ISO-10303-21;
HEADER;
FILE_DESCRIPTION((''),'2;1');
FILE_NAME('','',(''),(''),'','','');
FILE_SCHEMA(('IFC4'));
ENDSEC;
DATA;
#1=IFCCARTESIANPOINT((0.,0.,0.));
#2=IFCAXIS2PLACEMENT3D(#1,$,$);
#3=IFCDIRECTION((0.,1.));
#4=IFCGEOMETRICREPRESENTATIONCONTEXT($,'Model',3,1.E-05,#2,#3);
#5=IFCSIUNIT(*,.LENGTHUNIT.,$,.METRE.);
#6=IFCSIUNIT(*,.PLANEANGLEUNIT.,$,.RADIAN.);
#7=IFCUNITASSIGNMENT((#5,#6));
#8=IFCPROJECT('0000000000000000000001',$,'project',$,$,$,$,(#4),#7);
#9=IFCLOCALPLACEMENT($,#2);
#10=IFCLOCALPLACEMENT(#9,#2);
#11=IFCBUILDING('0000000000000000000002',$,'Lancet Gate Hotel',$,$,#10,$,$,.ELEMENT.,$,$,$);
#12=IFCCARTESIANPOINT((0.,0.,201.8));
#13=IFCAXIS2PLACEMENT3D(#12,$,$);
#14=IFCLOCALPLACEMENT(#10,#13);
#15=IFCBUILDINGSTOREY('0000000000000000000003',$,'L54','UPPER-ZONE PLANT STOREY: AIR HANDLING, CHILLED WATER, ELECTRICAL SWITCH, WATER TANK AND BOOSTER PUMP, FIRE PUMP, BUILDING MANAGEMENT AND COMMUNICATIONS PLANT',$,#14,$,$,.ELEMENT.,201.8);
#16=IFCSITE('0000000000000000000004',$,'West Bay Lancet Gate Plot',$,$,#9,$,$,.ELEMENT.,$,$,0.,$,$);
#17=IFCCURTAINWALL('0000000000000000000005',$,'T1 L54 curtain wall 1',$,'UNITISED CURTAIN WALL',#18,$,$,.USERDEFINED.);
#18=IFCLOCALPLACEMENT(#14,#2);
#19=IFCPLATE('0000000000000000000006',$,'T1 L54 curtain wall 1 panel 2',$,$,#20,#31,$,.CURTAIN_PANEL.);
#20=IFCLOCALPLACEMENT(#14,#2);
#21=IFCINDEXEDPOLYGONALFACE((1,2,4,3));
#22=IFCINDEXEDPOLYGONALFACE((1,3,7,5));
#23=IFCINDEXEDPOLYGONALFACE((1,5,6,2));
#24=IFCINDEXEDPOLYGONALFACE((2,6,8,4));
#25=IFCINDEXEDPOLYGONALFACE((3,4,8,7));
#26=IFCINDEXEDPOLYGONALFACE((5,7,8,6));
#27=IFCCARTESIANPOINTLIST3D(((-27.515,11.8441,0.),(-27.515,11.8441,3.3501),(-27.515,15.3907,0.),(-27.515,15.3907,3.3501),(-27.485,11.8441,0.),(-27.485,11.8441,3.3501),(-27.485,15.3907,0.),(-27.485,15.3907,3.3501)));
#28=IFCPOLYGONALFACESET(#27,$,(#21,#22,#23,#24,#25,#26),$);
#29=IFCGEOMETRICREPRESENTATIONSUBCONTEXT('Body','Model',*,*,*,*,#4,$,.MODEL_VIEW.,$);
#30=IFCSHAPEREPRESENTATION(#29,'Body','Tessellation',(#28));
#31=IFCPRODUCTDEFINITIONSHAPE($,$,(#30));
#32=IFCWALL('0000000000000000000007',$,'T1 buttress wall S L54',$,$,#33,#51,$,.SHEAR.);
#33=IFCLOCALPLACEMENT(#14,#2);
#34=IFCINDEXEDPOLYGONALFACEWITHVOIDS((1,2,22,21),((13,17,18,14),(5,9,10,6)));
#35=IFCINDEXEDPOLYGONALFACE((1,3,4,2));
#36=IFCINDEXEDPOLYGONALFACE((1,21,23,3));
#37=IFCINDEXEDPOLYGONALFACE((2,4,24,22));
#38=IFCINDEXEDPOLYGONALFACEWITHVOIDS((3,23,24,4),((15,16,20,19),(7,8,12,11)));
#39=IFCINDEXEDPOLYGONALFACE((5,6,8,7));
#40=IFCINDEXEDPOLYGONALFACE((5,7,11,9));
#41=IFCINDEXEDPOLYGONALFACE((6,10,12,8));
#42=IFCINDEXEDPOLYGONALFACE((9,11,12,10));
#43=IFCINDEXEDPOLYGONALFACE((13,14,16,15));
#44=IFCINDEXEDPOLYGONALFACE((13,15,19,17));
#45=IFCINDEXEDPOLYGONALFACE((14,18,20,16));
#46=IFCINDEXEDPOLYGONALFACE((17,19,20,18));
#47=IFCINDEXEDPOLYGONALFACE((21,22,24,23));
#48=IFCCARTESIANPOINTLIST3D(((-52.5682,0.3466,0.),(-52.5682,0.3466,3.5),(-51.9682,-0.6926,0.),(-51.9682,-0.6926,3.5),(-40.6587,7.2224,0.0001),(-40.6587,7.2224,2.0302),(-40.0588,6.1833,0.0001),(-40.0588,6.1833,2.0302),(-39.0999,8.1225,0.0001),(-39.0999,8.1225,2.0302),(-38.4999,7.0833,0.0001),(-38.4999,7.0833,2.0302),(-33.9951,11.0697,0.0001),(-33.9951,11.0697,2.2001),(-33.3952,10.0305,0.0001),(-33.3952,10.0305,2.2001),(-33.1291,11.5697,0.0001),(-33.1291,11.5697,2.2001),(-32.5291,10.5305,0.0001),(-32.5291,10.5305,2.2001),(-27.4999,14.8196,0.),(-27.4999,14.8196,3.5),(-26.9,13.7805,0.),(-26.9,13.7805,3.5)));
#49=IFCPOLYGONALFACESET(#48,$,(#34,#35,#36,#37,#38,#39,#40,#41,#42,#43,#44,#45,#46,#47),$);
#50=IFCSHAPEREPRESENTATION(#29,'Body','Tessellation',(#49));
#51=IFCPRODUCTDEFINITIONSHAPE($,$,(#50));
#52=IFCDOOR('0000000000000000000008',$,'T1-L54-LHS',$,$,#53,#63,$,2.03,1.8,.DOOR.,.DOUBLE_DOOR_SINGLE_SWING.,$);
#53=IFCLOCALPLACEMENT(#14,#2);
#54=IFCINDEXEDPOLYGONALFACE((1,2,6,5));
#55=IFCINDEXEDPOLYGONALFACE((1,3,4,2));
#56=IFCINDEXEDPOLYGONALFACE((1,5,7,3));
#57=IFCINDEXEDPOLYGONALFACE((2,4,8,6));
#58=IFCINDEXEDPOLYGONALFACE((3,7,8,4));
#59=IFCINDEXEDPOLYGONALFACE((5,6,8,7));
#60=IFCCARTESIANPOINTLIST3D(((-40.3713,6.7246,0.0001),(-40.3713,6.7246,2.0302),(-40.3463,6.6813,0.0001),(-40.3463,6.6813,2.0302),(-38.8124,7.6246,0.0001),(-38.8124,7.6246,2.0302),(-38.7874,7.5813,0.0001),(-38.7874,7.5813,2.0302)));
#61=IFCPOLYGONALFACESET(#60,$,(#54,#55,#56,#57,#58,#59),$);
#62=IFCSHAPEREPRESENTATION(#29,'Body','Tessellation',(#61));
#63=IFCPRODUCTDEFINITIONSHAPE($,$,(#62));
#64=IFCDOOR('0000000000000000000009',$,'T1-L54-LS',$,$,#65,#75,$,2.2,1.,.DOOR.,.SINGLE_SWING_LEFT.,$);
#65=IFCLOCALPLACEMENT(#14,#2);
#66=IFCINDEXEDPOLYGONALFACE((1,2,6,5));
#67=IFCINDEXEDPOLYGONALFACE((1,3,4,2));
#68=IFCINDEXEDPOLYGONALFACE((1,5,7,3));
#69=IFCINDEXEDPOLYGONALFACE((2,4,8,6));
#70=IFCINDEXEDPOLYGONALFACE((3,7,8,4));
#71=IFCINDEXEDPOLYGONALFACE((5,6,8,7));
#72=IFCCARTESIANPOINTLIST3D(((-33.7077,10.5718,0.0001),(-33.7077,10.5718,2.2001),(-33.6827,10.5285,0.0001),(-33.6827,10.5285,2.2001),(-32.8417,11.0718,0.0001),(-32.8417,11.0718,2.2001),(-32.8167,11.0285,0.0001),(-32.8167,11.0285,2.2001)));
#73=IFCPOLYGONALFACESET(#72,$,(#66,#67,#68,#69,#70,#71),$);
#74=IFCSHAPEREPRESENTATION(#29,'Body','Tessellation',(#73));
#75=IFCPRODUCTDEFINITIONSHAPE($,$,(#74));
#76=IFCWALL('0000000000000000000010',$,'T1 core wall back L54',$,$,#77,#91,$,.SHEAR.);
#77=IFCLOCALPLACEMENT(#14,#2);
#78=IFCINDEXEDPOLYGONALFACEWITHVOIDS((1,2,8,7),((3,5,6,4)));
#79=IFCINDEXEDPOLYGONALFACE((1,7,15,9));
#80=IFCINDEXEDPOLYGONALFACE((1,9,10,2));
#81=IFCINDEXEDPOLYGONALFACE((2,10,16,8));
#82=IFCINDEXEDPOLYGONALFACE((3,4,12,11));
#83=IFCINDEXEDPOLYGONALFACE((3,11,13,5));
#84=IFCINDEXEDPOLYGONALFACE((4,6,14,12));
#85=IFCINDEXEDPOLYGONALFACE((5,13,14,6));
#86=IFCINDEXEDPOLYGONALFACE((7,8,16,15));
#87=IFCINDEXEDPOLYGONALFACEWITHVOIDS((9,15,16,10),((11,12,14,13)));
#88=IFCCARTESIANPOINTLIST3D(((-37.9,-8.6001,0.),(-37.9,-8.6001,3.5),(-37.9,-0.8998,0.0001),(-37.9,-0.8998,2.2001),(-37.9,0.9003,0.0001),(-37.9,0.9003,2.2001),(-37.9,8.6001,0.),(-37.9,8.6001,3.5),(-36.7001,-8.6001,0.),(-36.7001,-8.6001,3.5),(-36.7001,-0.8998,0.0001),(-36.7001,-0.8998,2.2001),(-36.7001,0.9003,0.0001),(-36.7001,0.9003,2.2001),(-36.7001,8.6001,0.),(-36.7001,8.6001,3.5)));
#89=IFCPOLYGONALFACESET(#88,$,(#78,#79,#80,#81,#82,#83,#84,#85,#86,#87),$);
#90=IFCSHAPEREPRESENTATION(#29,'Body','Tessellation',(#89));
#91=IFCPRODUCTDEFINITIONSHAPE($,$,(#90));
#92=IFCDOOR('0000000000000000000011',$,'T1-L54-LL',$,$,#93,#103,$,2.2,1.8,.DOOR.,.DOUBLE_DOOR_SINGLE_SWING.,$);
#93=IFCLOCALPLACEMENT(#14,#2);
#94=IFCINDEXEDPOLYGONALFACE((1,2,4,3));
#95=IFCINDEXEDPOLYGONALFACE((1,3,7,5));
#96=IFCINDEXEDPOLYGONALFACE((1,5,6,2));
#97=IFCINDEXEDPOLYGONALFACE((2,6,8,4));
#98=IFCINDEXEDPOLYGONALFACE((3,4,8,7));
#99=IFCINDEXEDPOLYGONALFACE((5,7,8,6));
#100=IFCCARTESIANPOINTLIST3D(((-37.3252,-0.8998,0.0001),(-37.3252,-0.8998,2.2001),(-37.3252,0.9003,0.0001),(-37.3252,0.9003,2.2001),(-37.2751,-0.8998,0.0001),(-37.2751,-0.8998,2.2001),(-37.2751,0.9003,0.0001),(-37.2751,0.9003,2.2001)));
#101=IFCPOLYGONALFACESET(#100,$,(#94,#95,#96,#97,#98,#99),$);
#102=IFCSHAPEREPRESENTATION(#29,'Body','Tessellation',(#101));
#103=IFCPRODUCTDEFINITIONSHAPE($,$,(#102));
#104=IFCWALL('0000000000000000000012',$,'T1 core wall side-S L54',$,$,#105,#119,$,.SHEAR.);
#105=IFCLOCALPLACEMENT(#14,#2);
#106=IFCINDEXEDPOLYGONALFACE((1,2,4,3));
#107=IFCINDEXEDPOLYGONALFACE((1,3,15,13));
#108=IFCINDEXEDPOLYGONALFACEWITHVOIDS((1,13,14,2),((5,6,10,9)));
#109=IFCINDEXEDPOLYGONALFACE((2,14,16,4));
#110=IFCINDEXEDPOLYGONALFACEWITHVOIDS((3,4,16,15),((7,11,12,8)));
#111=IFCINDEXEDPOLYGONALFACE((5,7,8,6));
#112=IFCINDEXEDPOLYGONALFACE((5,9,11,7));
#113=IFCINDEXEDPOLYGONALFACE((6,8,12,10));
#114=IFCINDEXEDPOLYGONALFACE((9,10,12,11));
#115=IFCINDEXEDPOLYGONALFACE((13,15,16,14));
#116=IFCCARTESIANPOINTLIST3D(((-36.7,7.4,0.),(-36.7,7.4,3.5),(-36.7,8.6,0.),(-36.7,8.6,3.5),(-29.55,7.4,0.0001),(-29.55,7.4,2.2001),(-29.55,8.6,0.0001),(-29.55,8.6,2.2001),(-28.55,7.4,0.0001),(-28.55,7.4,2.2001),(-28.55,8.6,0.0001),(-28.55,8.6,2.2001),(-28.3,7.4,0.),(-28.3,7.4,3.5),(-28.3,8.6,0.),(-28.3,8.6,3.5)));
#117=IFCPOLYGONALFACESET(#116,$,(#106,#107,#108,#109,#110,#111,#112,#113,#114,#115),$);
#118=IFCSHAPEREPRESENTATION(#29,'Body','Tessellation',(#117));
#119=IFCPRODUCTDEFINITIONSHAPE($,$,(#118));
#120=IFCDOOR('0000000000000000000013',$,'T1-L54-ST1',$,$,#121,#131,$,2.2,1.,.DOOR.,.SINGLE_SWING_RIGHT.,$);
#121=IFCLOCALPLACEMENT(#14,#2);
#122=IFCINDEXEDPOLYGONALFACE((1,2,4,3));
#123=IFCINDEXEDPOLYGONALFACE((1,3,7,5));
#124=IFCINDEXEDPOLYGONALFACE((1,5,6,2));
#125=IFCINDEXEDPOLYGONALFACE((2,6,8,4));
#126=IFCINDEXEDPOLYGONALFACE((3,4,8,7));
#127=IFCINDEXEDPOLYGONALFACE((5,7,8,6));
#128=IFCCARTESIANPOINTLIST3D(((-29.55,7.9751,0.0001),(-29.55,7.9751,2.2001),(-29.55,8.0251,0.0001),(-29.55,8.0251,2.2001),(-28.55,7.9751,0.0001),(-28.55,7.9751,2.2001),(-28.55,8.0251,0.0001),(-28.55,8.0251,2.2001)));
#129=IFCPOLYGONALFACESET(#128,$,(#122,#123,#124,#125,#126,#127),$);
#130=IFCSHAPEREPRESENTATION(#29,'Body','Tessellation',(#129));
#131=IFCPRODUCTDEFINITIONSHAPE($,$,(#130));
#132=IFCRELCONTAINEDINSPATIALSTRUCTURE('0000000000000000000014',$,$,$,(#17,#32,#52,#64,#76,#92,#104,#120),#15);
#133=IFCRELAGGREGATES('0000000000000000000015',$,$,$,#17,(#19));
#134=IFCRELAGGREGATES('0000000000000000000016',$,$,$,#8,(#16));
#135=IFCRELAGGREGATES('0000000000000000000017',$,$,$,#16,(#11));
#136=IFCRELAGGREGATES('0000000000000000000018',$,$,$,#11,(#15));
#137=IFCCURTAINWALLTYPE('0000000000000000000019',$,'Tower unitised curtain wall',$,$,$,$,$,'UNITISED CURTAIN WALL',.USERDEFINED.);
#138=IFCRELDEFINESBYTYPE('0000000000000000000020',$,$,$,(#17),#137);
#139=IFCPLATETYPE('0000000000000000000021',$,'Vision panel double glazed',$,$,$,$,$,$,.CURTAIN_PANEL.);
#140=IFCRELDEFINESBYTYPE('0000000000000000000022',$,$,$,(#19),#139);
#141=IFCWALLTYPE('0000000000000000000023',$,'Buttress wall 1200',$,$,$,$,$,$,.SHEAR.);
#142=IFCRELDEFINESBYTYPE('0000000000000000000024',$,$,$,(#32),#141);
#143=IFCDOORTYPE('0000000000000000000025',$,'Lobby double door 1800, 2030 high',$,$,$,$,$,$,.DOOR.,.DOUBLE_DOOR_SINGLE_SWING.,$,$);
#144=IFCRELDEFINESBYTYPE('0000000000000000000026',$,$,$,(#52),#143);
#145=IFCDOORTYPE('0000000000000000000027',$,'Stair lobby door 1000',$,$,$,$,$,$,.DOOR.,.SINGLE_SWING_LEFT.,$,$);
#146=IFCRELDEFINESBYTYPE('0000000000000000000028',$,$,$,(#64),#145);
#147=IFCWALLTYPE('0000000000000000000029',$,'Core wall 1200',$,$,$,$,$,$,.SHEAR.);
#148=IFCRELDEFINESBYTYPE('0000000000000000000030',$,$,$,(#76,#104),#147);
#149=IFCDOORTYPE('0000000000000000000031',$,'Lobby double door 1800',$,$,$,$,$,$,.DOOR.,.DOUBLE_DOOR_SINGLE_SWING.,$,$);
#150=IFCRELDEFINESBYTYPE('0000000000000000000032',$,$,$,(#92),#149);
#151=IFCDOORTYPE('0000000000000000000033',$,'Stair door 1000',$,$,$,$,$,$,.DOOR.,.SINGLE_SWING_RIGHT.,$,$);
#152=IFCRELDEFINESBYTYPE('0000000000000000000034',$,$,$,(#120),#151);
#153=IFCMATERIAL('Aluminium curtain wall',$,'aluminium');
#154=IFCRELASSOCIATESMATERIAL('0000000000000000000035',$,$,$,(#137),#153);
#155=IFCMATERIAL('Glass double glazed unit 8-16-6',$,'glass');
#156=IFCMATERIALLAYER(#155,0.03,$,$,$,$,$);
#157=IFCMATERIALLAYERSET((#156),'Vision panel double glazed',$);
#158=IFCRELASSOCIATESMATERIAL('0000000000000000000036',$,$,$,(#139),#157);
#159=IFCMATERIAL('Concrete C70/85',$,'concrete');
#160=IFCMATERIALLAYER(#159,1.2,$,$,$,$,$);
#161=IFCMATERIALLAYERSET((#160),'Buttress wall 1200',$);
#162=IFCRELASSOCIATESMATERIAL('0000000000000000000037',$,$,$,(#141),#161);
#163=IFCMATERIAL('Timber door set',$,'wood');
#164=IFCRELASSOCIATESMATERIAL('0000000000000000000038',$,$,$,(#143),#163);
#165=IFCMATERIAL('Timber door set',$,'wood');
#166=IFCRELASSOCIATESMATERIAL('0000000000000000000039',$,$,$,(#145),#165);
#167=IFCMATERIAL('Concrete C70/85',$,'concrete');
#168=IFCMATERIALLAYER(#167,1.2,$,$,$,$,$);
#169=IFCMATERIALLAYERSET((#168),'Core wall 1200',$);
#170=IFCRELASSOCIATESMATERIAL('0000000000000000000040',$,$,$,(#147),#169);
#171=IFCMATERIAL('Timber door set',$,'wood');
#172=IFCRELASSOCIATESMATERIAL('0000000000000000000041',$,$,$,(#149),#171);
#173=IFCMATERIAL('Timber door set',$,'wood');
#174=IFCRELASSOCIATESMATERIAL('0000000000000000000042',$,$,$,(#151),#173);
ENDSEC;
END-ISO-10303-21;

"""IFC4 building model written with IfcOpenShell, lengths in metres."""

from ifc_helpers import new_model, si_unit, direction, frame, frame_2d, origin, origin_2d, place, context, subcontext, project, spatial, rectangle, extrude, material, layer, layer_set, type_object, element, fill, aggregate, save


model = new_model("IFC4")

# Units and contexts
model_context = context("Model", 3, precision=1e-05, world=origin(), true_north=direction((0.0, 1.0)))
body_context = subcontext(model_context, "Body", "Model", "MODEL_VIEW")
ifc_project = project(units=[si_unit("LENGTHUNIT", "METRE"), si_unit("PLANEANGLEUNIT", "RADIAN")], contexts=[model_context])

# Site, building, storey
site_placement = place(None, origin())
site = spatial("IfcSite", under=ifc_project, at=site_placement, Name="West Bay Lancet Gate Plot", CompositionType="ELEMENT", RefElevation=0.0)
building_placement = place(site_placement, origin())
building = spatial("IfcBuilding", under=site, at=building_placement, Name="Lancet Gate Hotel", CompositionType="ELEMENT")
storey_placement = place(building_placement, frame((0.0, 0.0, 201.8)))
storey = spatial("IfcBuildingStorey", under=building, at=storey_placement, Name="L54", Description="UPPER-ZONE PLANT STOREY: AIR HANDLING, CHILLED WATER, ELECTRICAL SWITCH, WATER TANK AND BOOSTER PUMP, FIRE PUMP, BUILDING MANAGEMENT AND COMMUNICATIONS PLANT", CompositionType="ELEMENT", Elevation=201.8)

# Curtain wall
ifc_material_1 = material(Name="Aluminium curtain wall", Category="aluminium")
curtain_wall_type = type_object("IfcCurtainWallType", Name="Tower unitised curtain wall", ElementType="UNITISED CURTAIN WALL", PredefinedType="USERDEFINED", material=ifc_material_1)
curtain_wall_placement = place(storey_placement, origin())
curtain_wall = element("IfcCurtainWall", 1, at=curtain_wall_placement, inside=storey, type_object=curtain_wall_type, Name="T1 L54 curtain wall 1", ObjectType="UNITISED CURTAIN WALL", PredefinedType="USERDEFINED")

# Plate
ifc_material_2 = material(Name="Glass double glazed unit 8-16-6", Category="glass")
ifc_layer_1 = layer(ifc_material_2, 0.03)
ifc_layer_set_1 = layer_set([ifc_layer_1], Name="Vision panel double glazed")
plate_type = type_object("IfcPlateType", Name="Vision panel double glazed", PredefinedType="CURTAIN_PANEL", material=ifc_layer_set_1)
plate_1_placement = place(storey_placement, frame((-27.5, 13.6174, 0.0), z_axis=(0.0, 0.0, 1.0), x_axis=(0.0, 1.0, 0.0)))
plate_1 = element("IfcPlate", 2, at=plate_1_placement, type_object=plate_type, Name="T1 L54 curtain wall 1 panel 2", PredefinedType="CURTAIN_PANEL", context=body_context, shape_type="SweptSolid", body=[
    extrude(rectangle(XDim=3.5466, YDim=0.03, at=origin_2d()), origin(), (0.0, 0.0, 1.0), 3.3501),
])
aggregate(curtain_wall, [plate_1])

# Wall, openings, doors
ifc_material_3 = material(Name="Concrete C70/85", Category="concrete")
ifc_layer_2 = layer(ifc_material_3, 1.2)
ifc_layer_set_2 = layer_set([ifc_layer_2], Name="Buttress wall 1200")
wall_type_1 = type_object("IfcWallType", Name="Buttress wall 1200", PredefinedType="SHEAR", material=ifc_layer_set_2)
wall_1_placement = place(storey_placement, frame((-27.2, 14.3, 0.0), z_axis=(0.0, 0.0, 1.0), x_axis=(-0.866027, -0.499998, 0.0)))
wall_1 = element("IfcWall", 3, at=wall_1_placement, inside=storey, type_object=wall_type_1, Name="T1 buttress wall S L54", PredefinedType="SHEAR", context=body_context, shape_type="SweptSolid", body=[
    extrude(rectangle(XDim=28.9463, YDim=1.2, at=frame_2d((14.4731, 0.0))), origin(), (0.0, 0.0, 1.0), 3.5),
])
opening_1_placement = place(wall_1_placement, frame((6.5, 0.0, 0.0)))
opening_1 = element("IfcOpeningElement", 4, at=opening_1_placement, cuts=wall_1, PredefinedType="OPENING", context=body_context, shape_type="SweptSolid", body=[
    extrude(rectangle(XDim=1.0, YDim=2.2, at=frame_2d((0.5, 1.1001))), frame((0.0, 0.6099, 0.0), z_axis=(0.0, -1.0, 0.0), x_axis=(1.0, 0.0, 0.0)), (0.0, 0.0, 1.0), 1.22),
])
opening_2_placement = place(wall_1_placement, frame((13.3945, 0.0, 0.0)))
opening_2 = element("IfcOpeningElement", 5, at=opening_2_placement, cuts=wall_1, PredefinedType="OPENING", context=body_context, shape_type="SweptSolid", body=[
    extrude(rectangle(XDim=1.8, YDim=2.03, at=frame_2d((0.8999, 1.0151))), frame((0.0, 0.6099, 0.0), z_axis=(0.0, -1.0, 0.0), x_axis=(1.0, 0.0, 0.0)), (0.0, 0.0, 1.0), 1.22),
])
ifc_material_4 = material(Name="Timber door set", Category="wood")
door_type_1 = type_object("IfcDoorType", Name="Lobby double door 1800, 2030 high", OperationType="DOUBLE_DOOR_SINGLE_SWING", PredefinedType="DOOR", material=ifc_material_4)
door_1_placement = place(opening_2_placement, origin())
door_1 = element("IfcDoor", 6, at=door_1_placement, inside=storey, type_object=door_type_1, Name="T1-L54-LHS", OperationType="DOUBLE_DOOR_SINGLE_SWING", OverallHeight=2.03, OverallWidth=1.8, PredefinedType="DOOR", context=body_context, shape_type="SweptSolid", body=[
    extrude(rectangle(XDim=1.8, YDim=2.03, at=frame_2d((0.8999, 1.0151))), frame((0.0, 0.0249, 0.0), z_axis=(0.0, -1.0, 0.0), x_axis=(1.0, 0.0, 0.0)), (0.0, 0.0, 1.0), 0.05),
])
fill(opening_2, door_1)
ifc_material_5 = material(Name="Timber door set", Category="wood")
door_type_2 = type_object("IfcDoorType", Name="Stair lobby door 1000", OperationType="SINGLE_SWING_LEFT", PredefinedType="DOOR", material=ifc_material_5)
door_2_placement = place(opening_1_placement, origin())
door_2 = element("IfcDoor", 7, at=door_2_placement, inside=storey, type_object=door_type_2, Name="T1-L54-LS", OperationType="SINGLE_SWING_LEFT", OverallHeight=2.2, OverallWidth=1.0, PredefinedType="DOOR", context=body_context, shape_type="SweptSolid", body=[
    extrude(rectangle(XDim=1.0, YDim=2.2, at=frame_2d((0.5, 1.1001))), frame((0.0, 0.0249, 0.0), z_axis=(0.0, -1.0, 0.0), x_axis=(1.0, 0.0, 0.0)), (0.0, 0.0, 1.0), 0.05),
])
fill(opening_1, door_2)

# Walls, openings, doors
ifc_material_6 = material(Name="Concrete C70/85", Category="concrete")
ifc_layer_3 = layer(ifc_material_6, 1.2)
ifc_layer_set_3 = layer_set([ifc_layer_3], Name="Core wall 1200")
wall_type_2 = type_object("IfcWallType", Name="Core wall 1200", PredefinedType="SHEAR", material=ifc_layer_set_3)
wall_2_placement = place(storey_placement, frame((-37.3, 8.6001, 0.0), z_axis=(0.0, 0.0, 1.0), x_axis=(0.0, -1.0, 0.0)))
wall_2 = element("IfcWall", 8, at=wall_2_placement, inside=storey, type_object=wall_type_2, Name="T1 core wall back L54", PredefinedType="SHEAR", context=body_context, shape_type="SweptSolid", body=[
    extrude(rectangle(XDim=17.2002, YDim=1.2, at=frame_2d((8.6001, 0.0))), origin(), (0.0, 0.0, 1.0), 3.5),
])
opening_3_placement = place(wall_2_placement, frame((7.7, 0.0, 0.0)))
opening_3 = element("IfcOpeningElement", 9, at=opening_3_placement, cuts=wall_2, PredefinedType="OPENING", context=body_context, shape_type="SweptSolid", body=[
    extrude(rectangle(XDim=1.8, YDim=2.2, at=frame_2d((0.8999, 1.1001))), frame((0.0, 0.6099, 0.0), z_axis=(0.0, -1.0, 0.0), x_axis=(1.0, 0.0, 0.0)), (0.0, 0.0, 1.0), 1.22),
])
ifc_material_7 = material(Name="Timber door set", Category="wood")
door_type_3 = type_object("IfcDoorType", Name="Lobby double door 1800", OperationType="DOUBLE_DOOR_SINGLE_SWING", PredefinedType="DOOR", material=ifc_material_7)
door_3_placement = place(opening_3_placement, origin())
door_3 = element("IfcDoor", 10, at=door_3_placement, inside=storey, type_object=door_type_3, Name="T1-L54-LL", OperationType="DOUBLE_DOOR_SINGLE_SWING", OverallHeight=2.2, OverallWidth=1.8, PredefinedType="DOOR", context=body_context, shape_type="SweptSolid", body=[
    extrude(rectangle(XDim=1.8, YDim=2.2, at=frame_2d((0.8999, 1.1001))), frame((0.0, 0.0249, 0.0), z_axis=(0.0, -1.0, 0.0), x_axis=(1.0, 0.0, 0.0)), (0.0, 0.0, 1.0), 0.05),
])
fill(opening_3, door_3)
wall_3_placement = place(storey_placement, frame((-28.3, 8.0, 0.0), z_axis=(0.0, 0.0, 1.0), x_axis=(-1.0, 0.0, 0.0)))
wall_3 = element("IfcWall", 11, at=wall_3_placement, inside=storey, type_object=wall_type_2, Name="T1 core wall side-S L54", PredefinedType="SHEAR", context=body_context, shape_type="SweptSolid", body=[
    extrude(rectangle(XDim=8.3999, YDim=1.2, at=frame_2d((4.2, 0.0))), origin(), (0.0, 0.0, 1.0), 3.5),
])
opening_4_placement = place(wall_3_placement, frame((0.25, 0.0, 0.0)))
opening_4 = element("IfcOpeningElement", 12, at=opening_4_placement, cuts=wall_3, PredefinedType="OPENING", context=body_context, shape_type="SweptSolid", body=[
    extrude(rectangle(XDim=1.0, YDim=2.2, at=frame_2d((0.5, 1.1001))), frame((0.0, 0.6099, 0.0), z_axis=(0.0, -1.0, 0.0), x_axis=(1.0, 0.0, 0.0)), (0.0, 0.0, 1.0), 1.22),
])
ifc_material_8 = material(Name="Timber door set", Category="wood")
door_type_4 = type_object("IfcDoorType", Name="Stair door 1000", OperationType="SINGLE_SWING_RIGHT", PredefinedType="DOOR", material=ifc_material_8)
door_4_placement = place(opening_4_placement, origin())
door_4 = element("IfcDoor", 13, at=door_4_placement, inside=storey, type_object=door_type_4, Name="T1-L54-ST1", OperationType="SINGLE_SWING_RIGHT", OverallHeight=2.2, OverallWidth=1.0, PredefinedType="DOOR", context=body_context, shape_type="SweptSolid", body=[
    extrude(rectangle(XDim=1.0, YDim=2.2, at=frame_2d((0.5, 1.1001))), frame((0.0, 0.0249, 0.0), z_axis=(0.0, -1.0, 0.0), x_axis=(1.0, 0.0, 0.0)), (0.0, 0.0, 1.0), 0.05),
])
fill(opening_4, door_4)

save(model, "model.ifc")
